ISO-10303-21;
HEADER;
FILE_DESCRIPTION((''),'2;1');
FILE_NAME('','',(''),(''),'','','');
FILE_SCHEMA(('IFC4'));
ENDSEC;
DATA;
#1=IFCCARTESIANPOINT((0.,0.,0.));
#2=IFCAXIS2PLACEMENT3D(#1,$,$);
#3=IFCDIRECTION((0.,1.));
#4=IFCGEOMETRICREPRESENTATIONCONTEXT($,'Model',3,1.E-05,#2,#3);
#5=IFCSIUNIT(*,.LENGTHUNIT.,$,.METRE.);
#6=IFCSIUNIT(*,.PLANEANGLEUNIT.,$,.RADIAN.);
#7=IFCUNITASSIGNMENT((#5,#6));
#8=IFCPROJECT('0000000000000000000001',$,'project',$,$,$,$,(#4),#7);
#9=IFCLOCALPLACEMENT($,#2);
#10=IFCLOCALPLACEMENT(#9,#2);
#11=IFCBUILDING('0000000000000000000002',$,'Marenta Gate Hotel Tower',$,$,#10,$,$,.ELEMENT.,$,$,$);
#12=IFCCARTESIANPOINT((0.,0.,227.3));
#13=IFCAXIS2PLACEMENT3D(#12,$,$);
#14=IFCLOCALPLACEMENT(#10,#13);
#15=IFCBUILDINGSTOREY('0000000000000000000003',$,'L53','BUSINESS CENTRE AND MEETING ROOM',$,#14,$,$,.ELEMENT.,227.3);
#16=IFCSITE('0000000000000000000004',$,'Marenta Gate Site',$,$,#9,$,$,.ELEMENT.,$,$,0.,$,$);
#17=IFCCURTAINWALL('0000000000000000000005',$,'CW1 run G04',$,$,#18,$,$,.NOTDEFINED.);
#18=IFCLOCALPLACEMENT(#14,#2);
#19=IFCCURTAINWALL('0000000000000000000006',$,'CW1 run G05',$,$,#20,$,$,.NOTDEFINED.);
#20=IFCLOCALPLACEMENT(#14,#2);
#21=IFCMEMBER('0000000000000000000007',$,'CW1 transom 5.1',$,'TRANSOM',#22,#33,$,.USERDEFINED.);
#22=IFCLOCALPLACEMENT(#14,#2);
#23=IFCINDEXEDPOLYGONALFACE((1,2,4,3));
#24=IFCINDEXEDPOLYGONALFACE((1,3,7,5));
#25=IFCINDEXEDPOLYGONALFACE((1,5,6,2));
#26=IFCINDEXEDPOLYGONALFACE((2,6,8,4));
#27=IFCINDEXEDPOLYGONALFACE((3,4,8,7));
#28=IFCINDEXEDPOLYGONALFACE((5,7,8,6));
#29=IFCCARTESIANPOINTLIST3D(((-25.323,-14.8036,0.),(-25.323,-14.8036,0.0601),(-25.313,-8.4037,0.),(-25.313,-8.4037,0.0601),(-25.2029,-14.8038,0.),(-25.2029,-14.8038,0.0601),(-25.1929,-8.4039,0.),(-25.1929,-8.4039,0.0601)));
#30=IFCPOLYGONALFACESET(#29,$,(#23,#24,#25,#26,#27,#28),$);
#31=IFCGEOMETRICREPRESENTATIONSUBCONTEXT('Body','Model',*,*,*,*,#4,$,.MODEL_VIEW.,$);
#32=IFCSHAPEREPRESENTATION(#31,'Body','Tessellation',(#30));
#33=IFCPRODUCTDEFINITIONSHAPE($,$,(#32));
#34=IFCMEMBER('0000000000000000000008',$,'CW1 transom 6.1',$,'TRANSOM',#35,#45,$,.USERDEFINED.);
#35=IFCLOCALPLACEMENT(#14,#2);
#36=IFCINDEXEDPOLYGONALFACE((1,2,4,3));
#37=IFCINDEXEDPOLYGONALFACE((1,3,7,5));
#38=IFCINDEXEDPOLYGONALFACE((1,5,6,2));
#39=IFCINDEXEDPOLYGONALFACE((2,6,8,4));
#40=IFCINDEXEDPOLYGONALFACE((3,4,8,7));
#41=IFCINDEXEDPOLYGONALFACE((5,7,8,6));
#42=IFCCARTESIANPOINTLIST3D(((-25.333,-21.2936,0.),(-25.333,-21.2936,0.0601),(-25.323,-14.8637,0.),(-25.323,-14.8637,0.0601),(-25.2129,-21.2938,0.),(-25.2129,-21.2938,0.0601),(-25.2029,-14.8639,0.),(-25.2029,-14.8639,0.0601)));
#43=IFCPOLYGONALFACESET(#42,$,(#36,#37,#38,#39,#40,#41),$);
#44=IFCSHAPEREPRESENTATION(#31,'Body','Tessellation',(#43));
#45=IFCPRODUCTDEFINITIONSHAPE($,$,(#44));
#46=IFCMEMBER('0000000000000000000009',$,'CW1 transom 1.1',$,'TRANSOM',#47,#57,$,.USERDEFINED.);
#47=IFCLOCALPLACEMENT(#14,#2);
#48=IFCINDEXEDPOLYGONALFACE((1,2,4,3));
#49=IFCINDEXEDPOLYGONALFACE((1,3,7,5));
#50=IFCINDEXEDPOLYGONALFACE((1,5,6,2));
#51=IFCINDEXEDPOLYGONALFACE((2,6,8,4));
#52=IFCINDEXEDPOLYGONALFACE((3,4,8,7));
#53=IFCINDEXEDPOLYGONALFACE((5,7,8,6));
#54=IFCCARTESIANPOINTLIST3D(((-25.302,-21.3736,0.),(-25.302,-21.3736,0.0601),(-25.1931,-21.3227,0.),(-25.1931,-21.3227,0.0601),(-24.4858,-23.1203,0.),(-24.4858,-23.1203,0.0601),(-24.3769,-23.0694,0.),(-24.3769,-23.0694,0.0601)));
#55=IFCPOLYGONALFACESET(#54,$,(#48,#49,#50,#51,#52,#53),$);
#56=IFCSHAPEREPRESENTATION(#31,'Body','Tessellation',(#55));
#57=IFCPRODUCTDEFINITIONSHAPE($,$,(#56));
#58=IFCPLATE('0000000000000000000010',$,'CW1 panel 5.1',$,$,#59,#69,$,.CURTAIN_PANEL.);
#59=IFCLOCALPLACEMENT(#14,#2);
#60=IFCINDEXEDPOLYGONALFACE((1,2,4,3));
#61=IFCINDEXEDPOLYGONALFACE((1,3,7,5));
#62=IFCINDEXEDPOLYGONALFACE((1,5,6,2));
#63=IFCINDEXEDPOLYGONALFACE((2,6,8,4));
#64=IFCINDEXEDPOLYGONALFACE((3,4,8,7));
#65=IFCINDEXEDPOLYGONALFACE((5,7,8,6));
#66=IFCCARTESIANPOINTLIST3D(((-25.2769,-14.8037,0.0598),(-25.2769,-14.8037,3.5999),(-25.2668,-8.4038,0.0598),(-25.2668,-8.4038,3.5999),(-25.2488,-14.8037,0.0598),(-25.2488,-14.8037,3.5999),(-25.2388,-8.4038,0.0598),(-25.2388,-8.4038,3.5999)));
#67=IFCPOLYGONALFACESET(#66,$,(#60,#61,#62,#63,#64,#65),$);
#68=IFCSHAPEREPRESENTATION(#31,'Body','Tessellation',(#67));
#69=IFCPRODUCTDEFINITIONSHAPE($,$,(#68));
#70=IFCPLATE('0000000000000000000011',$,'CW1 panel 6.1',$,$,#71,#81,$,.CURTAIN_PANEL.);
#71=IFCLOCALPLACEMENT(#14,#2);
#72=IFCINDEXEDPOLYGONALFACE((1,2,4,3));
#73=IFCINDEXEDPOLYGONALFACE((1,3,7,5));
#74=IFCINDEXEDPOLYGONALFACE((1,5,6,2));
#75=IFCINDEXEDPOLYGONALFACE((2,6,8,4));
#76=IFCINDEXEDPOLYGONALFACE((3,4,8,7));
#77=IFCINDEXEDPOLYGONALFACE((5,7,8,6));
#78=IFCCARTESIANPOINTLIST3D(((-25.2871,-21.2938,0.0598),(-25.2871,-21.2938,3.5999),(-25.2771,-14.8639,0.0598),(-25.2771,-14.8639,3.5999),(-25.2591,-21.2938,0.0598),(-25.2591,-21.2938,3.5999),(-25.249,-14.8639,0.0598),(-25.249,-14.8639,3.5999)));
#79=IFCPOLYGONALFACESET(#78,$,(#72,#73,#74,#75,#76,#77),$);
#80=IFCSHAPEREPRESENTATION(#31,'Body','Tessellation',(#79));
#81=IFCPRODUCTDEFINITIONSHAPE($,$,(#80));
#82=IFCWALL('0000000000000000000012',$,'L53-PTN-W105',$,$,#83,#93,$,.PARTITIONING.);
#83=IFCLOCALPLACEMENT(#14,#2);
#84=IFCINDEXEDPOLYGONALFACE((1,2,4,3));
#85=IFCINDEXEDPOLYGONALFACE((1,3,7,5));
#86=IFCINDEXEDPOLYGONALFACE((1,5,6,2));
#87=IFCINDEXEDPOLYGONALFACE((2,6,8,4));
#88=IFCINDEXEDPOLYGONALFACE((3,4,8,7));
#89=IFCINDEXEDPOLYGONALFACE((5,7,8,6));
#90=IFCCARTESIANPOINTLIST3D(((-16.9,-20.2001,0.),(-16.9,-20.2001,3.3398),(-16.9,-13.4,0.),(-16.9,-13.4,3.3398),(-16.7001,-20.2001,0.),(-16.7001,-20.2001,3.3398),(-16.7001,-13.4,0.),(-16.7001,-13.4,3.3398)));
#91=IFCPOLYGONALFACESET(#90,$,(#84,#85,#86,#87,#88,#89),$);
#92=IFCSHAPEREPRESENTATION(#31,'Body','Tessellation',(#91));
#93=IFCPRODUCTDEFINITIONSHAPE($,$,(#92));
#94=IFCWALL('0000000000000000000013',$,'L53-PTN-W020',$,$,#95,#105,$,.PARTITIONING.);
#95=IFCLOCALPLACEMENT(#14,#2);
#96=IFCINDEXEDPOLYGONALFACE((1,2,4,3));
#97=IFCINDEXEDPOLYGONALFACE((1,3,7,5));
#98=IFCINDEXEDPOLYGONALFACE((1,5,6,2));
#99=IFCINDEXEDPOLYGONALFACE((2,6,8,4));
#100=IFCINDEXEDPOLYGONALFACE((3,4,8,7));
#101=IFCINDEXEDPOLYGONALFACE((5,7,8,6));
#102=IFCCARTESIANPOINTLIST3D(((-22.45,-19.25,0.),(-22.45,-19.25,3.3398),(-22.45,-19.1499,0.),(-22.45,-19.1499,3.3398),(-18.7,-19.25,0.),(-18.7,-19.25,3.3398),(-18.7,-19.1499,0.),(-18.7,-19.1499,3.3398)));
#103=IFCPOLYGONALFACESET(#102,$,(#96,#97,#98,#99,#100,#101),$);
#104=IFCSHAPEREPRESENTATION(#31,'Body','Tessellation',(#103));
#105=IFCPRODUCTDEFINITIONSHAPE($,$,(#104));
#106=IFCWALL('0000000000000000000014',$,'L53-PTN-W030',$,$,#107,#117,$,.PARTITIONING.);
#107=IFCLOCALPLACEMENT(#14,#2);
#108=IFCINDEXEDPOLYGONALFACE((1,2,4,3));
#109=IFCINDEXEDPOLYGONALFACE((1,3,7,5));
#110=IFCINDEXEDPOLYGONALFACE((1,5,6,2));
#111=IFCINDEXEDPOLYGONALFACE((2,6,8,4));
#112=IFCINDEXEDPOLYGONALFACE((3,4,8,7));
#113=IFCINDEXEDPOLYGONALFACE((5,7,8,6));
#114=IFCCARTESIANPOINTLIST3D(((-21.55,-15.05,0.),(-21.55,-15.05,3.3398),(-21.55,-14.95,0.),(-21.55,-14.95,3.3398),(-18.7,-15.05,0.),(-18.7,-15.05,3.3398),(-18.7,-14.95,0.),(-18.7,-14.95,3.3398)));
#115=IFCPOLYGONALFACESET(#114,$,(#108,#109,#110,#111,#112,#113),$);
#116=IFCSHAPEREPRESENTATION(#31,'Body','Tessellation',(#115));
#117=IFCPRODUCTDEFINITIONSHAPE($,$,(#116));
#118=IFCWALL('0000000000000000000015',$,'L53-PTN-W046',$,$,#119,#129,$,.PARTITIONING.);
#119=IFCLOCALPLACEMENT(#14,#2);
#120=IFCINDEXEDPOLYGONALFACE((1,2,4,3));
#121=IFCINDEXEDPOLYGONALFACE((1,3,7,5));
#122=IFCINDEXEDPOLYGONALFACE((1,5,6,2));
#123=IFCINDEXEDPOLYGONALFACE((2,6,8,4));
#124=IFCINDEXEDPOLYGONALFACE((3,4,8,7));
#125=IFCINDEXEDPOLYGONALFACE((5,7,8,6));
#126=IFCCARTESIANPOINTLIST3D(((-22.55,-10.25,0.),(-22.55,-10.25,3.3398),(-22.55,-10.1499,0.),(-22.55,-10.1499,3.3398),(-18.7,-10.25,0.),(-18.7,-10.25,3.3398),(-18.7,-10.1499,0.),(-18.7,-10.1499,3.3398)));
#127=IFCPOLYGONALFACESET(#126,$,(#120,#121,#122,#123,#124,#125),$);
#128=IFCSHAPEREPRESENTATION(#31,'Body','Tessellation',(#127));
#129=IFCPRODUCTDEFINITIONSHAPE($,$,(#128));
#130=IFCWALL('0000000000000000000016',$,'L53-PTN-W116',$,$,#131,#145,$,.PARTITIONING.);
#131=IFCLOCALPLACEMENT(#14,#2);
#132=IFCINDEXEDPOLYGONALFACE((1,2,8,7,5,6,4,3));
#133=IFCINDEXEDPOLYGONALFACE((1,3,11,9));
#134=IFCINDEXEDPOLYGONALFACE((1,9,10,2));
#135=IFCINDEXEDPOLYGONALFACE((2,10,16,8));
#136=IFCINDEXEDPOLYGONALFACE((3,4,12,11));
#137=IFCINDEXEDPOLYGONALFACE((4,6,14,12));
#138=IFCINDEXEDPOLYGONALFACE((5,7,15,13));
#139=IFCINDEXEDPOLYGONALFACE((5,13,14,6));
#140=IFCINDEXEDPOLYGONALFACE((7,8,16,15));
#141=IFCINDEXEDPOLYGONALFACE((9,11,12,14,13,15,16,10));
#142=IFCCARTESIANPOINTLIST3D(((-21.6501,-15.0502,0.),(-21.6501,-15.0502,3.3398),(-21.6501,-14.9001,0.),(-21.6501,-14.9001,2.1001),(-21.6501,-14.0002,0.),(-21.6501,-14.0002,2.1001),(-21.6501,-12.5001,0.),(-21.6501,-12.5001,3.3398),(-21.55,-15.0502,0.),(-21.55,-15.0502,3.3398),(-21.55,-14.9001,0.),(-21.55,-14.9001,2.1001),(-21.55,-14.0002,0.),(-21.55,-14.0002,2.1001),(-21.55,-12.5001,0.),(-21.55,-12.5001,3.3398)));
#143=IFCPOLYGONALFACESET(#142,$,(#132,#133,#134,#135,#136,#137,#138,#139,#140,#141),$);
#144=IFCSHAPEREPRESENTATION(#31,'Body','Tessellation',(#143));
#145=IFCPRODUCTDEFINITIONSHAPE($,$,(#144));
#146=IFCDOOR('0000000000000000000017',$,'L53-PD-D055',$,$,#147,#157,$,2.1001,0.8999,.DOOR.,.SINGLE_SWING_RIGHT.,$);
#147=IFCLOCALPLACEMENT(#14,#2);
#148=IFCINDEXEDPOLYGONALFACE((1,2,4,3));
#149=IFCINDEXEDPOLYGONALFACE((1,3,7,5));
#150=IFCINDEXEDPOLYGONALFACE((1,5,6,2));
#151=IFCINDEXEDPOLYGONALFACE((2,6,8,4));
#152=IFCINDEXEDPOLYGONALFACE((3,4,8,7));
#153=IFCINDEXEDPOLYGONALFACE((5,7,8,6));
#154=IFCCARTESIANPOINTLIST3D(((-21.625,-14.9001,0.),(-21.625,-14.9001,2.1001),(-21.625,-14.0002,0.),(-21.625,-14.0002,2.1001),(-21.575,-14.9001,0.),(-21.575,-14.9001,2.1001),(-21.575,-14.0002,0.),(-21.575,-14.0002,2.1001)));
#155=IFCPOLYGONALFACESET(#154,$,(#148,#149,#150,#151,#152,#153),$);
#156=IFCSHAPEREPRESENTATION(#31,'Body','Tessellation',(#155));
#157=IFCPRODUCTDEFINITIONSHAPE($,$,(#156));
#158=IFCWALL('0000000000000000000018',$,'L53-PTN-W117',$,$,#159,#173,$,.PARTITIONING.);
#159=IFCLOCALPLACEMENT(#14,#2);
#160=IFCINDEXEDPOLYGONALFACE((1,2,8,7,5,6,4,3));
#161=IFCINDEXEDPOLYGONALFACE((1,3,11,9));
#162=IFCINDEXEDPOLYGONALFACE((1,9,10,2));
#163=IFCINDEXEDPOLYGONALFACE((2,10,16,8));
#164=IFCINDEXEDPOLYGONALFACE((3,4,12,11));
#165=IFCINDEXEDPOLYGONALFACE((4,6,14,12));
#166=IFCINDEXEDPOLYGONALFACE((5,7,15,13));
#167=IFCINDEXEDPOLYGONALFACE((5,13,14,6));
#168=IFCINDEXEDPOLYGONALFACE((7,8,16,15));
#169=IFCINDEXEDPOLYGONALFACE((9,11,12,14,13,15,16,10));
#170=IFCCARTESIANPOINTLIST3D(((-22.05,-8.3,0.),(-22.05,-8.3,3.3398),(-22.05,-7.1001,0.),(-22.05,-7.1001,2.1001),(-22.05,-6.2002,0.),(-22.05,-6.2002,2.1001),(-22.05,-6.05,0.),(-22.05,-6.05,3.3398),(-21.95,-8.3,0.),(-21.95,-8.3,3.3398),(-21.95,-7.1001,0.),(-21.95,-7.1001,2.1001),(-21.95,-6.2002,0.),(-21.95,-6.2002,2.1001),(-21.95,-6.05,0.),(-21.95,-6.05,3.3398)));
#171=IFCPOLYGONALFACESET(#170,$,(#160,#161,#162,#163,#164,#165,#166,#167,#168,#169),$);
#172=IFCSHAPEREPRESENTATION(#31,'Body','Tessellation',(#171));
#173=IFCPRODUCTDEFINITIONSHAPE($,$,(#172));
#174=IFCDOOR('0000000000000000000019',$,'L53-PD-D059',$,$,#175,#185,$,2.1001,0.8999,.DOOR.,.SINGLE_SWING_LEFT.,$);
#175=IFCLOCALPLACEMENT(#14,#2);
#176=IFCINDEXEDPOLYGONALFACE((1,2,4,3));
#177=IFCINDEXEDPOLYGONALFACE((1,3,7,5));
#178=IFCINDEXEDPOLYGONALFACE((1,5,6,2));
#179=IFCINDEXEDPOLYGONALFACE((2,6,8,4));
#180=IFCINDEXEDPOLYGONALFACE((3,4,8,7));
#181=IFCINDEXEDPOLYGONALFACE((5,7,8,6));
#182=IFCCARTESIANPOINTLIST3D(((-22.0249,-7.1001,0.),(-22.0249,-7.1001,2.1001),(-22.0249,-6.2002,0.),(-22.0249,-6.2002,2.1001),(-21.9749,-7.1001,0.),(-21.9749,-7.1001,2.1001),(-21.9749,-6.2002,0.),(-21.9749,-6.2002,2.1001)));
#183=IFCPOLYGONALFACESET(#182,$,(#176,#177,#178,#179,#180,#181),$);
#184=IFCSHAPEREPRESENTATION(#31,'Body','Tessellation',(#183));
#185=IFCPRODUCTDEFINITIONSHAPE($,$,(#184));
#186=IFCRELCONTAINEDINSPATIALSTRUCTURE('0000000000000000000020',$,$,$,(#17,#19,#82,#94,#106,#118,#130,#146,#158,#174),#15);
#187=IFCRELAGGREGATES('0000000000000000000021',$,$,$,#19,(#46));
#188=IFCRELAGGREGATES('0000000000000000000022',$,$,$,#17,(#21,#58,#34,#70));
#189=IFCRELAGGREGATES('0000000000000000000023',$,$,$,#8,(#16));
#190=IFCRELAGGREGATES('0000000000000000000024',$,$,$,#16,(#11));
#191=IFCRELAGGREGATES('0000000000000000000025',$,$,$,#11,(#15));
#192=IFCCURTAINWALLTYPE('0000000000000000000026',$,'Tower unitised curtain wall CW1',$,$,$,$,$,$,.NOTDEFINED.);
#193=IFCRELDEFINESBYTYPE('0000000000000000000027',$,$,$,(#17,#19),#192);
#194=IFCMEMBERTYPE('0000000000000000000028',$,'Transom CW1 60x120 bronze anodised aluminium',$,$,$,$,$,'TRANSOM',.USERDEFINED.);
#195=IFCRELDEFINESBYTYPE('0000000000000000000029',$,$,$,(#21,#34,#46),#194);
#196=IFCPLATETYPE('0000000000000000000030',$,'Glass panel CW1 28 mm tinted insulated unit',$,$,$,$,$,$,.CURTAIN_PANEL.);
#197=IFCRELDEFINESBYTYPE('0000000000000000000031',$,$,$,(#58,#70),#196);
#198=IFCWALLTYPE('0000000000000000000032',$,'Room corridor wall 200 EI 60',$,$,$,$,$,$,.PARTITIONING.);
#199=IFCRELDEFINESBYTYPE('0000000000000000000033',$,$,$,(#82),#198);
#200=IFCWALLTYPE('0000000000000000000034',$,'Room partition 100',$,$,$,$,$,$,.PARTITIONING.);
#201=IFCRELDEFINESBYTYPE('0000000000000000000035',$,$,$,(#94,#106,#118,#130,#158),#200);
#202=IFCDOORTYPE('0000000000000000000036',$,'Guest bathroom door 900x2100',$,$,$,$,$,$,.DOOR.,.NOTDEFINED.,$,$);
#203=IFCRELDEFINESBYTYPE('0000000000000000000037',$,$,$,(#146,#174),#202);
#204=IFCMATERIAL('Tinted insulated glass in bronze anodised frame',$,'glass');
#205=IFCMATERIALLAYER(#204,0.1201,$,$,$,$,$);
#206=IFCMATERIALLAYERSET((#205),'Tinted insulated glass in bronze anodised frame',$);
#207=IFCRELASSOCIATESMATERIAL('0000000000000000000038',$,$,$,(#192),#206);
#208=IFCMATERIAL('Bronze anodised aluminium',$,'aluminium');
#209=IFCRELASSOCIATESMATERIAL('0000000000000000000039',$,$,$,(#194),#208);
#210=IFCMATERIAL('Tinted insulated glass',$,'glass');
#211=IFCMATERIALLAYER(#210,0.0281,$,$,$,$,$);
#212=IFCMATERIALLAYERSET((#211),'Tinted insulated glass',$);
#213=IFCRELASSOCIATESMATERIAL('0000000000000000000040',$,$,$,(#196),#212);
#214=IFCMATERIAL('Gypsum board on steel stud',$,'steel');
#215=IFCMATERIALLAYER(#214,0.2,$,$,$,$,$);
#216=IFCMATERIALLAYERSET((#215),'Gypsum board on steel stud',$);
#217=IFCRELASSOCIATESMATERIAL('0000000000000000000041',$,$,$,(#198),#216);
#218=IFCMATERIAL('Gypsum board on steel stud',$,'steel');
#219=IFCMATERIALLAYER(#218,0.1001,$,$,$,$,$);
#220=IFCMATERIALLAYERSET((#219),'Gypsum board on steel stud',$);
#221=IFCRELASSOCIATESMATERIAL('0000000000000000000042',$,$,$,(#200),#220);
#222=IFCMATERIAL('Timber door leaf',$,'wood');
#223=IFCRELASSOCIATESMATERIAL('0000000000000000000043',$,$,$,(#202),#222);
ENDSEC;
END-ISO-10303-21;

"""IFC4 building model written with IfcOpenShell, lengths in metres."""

from ifc_helpers import new_model, si_unit, direction, frame, frame_2d, origin, origin_2d, place, context, subcontext, project, spatial, rectangle, extrude, material, layer, layer_set, material_profile, profile_set, type_object, element, fill, aggregate, save


model = new_model("IFC4")

# Units and contexts
model_context = context("Model", 3, precision=1e-05, world=origin(), true_north=direction((0.0, 1.0)))
body_context = subcontext(model_context, "Body", "Model", "MODEL_VIEW")
ifc_project = project(units=[si_unit("LENGTHUNIT", "METRE"), si_unit("PLANEANGLEUNIT", "RADIAN")], contexts=[model_context])

# Site, building, storey
site_placement = place(None, origin())
site = spatial("IfcSite", under=ifc_project, at=site_placement, Name="Marenta Gate Site", CompositionType="ELEMENT", RefElevation=0.0)
building_placement = place(site_placement, origin())
building = spatial("IfcBuilding", under=site, at=building_placement, Name="Marenta Gate Hotel Tower", CompositionType="ELEMENT")
storey_placement = place(building_placement, frame((0.0, 0.0, 227.3)))
storey = spatial("IfcBuildingStorey", under=building, at=storey_placement, Name="L53", Description="BUSINESS CENTRE AND MEETING ROOM", CompositionType="ELEMENT", Elevation=227.3)

# Curtain wall
ifc_material_1 = material(Name="Tinted insulated glass in bronze anodised frame", Category="glass")
ifc_layer_1 = layer(ifc_material_1, 0.1201)
ifc_layer_set_1 = layer_set([ifc_layer_1], Name="Tinted insulated glass in bronze anodised frame")
curtain_wall_type = type_object("IfcCurtainWallType", Name="Tower unitised curtain wall CW1", PredefinedType="NOTDEFINED", material=ifc_layer_set_1)
curtain_wall_1_placement = place(storey_placement, origin())
curtain_wall_1 = element("IfcCurtainWall", 1, at=curtain_wall_1_placement, inside=storey, type_object=curtain_wall_type, Name="CW1 run G04", PredefinedType="NOTDEFINED")

# Curtain wall
curtain_wall_2_placement = place(storey_placement, origin())
curtain_wall_2 = element("IfcCurtainWall", 2, at=curtain_wall_2_placement, inside=storey, type_object=curtain_wall_type, Name="CW1 run G05", PredefinedType="NOTDEFINED")

# Members
ifc_material_2 = material(Name="Bronze anodised aluminium", Category="aluminium")
ifc_material_profile_1 = material_profile(ifc_material_2, rectangle(XDim=0.1201, YDim=0.0601, at=origin_2d()), Name="Transom CW1 60x120 bronze anodised aluminium")
ifc_profile_set_1 = profile_set([ifc_material_profile_1], Name="Bronze anodised aluminium")
member_type_1 = type_object("IfcMemberType", Name="Transom CW1 60x120 bronze anodised aluminium", ElementType="TRANSOM", PredefinedType="USERDEFINED", material=ifc_profile_set_1)
member_1_placement = place(storey_placement, frame((-25.2529, -8.4038, 0.03), z_axis=(-0.001564, -0.999999, 0.0), x_axis=(0.999999, -0.001564, 0.0)))
member_1 = element("IfcMember", 3, at=member_1_placement, type_object=member_type_1, Name="CW1 transom 5.1", ObjectType="TRANSOM", PredefinedType="USERDEFINED", context=body_context, shape_type="SweptSolid", body=[
    extrude(rectangle(XDim=0.1201, YDim=0.0601, at=origin_2d()), origin(), (0.0, 0.0, 1.0), 6.3999),
])
member_2_placement = place(storey_placement, frame((-25.2629, -14.8638, 0.03), z_axis=(-0.001557, -0.999999, 0.0), x_axis=(0.999999, -0.001557, 0.0)))
member_2 = element("IfcMember", 4, at=member_2_placement, type_object=member_type_1, Name="CW1 transom 6.1", ObjectType="TRANSOM", PredefinedType="USERDEFINED", context=body_context, shape_type="SweptSolid", body=[
    extrude(rectangle(XDim=0.1201, YDim=0.0601, at=origin_2d()), origin(), (0.0, 0.0, 1.0), 6.4299),
])
member_3_placement = place(storey_placement, frame((-25.2476, -21.3481, 0.03), z_axis=(0.42335, -0.905966, 0.0), x_axis=(0.905966, 0.42335, 0.0)))
member_3 = element("IfcMember", 5, at=member_3_placement, type_object=member_type_1, Name="CW1 transom 1.1", ObjectType="TRANSOM", PredefinedType="USERDEFINED", context=body_context, shape_type="SweptSolid", body=[
    extrude(rectangle(XDim=0.1201, YDim=0.0601, at=origin_2d()), origin(), (0.0, 0.0, 1.0), 1.928),
])
aggregate(curtain_wall_2, [member_3])

# Plates
ifc_material_3 = material(Name="Tinted insulated glass", Category="glass")
ifc_layer_2 = layer(ifc_material_3, 0.0281)
ifc_layer_set_2 = layer_set([ifc_layer_2], Name="Tinted insulated glass")
plate_type = type_object("IfcPlateType", Name="Glass panel CW1 28 mm tinted insulated unit", PredefinedType="CURTAIN_PANEL", material=ifc_layer_set_2)
plate_1_placement = place(storey_placement, frame((-25.2578, -11.6038, 0.0598), z_axis=(0.0, 0.0, 1.0), x_axis=(-0.001566, -0.999999, 0.0)))
plate_1 = element("IfcPlate", 6, at=plate_1_placement, type_object=plate_type, Name="CW1 panel 5.1", PredefinedType="CURTAIN_PANEL", context=body_context, shape_type="SweptSolid", body=[
    extrude(rectangle(XDim=6.3999, YDim=0.0281, at=origin_2d()), origin(), (0.0, 0.0, 1.0), 3.54),
])
plate_2_placement = place(storey_placement, frame((-25.2681, -18.0789, 0.0598), z_axis=(0.0, 0.0, 1.0), x_axis=(-0.001566, -0.999999, 0.0)))
plate_2 = element("IfcPlate", 7, at=plate_2_placement, type_object=plate_type, Name="CW1 panel 6.1", PredefinedType="CURTAIN_PANEL", context=body_context, shape_type="SweptSolid", body=[
    extrude(rectangle(XDim=6.4299, YDim=0.0281, at=origin_2d()), origin(), (0.0, 0.0, 1.0), 3.54),
])
aggregate(curtain_wall_1, [member_1, plate_1, member_2, plate_2])

# Walls
ifc_material_4 = material(Name="Gypsum board on steel stud", Category="steel")
ifc_layer_3 = layer(ifc_material_4, 0.2)
ifc_layer_set_3 = layer_set([ifc_layer_3], Name="Gypsum board on steel stud")
wall_type_1 = type_object("IfcWallType", Name="Room corridor wall 200 EI 60", PredefinedType="PARTITIONING", material=ifc_layer_set_3)
wall_1_placement = place(storey_placement, frame((-16.8, -20.2, 0.0), z_axis=(0.0, 0.0, 1.0), x_axis=(0.0, 1.0, 0.0)))
element("IfcWall", 8, at=wall_1_placement, inside=storey, type_object=wall_type_1, Name="L53-PTN-W105", PredefinedType="PARTITIONING", context=body_context, shape_type="SweptSolid", body=[
    extrude(rectangle(XDim=6.8, YDim=0.2, at=frame_2d((3.3999, 0.0))), origin(), (0.0, 0.0, 1.0), 3.3398),
])
ifc_material_5 = material(Name="Gypsum board on steel stud", Category="steel")
ifc_layer_4 = layer(ifc_material_5, 0.1001)
ifc_layer_set_4 = layer_set([ifc_layer_4], Name="Gypsum board on steel stud")
wall_type_2 = type_object("IfcWallType", Name="Room partition 100", PredefinedType="PARTITIONING", material=ifc_layer_set_4)
wall_2_placement = place(storey_placement, frame((-22.45, -19.2, 0.0), z_axis=(0.0, 0.0, 1.0), x_axis=(1.0, 0.0, 0.0)))
element("IfcWall", 9, at=wall_2_placement, inside=storey, type_object=wall_type_2, Name="L53-PTN-W020", PredefinedType="PARTITIONING", context=body_context, shape_type="SweptSolid", body=[
    extrude(rectangle(XDim=3.75, YDim=0.1001, at=frame_2d((1.875, 0.0))), origin(), (0.0, 0.0, 1.0), 3.3398),
])
wall_3_placement = place(storey_placement, frame((-21.55, -15.0, 0.0), z_axis=(0.0, 0.0, 1.0), x_axis=(1.0, 0.0, 0.0)))
element("IfcWall", 10, at=wall_3_placement, inside=storey, type_object=wall_type_2, Name="L53-PTN-W030", PredefinedType="PARTITIONING", context=body_context, shape_type="SweptSolid", body=[
    extrude(rectangle(XDim=2.8501, YDim=0.1001, at=frame_2d((1.425, 0.0))), origin(), (0.0, 0.0, 1.0), 3.3398),
])
wall_4_placement = place(storey_placement, frame((-22.55, -10.2, 0.0), z_axis=(0.0, 0.0, 1.0), x_axis=(1.0, 0.0, 0.0)))
element("IfcWall", 11, at=wall_4_placement, inside=storey, type_object=wall_type_2, Name="L53-PTN-W046", PredefinedType="PARTITIONING", context=body_context, shape_type="SweptSolid", body=[
    extrude(rectangle(XDim=3.8501, YDim=0.1001, at=frame_2d((1.925, 0.0))), origin(), (0.0, 0.0, 1.0), 3.3398),
])

# Walls, openings, doors
wall_5_placement = place(storey_placement, frame((-21.6001, -15.05, 0.0), z_axis=(0.0, 0.0, 1.0), x_axis=(0.0, 1.0, 0.0)))
wall_5 = element("IfcWall", 12, at=wall_5_placement, inside=storey, type_object=wall_type_2, Name="L53-PTN-W116", PredefinedType="PARTITIONING", context=body_context, shape_type="SweptSolid", body=[
    extrude(rectangle(XDim=2.55, YDim=0.1001, at=frame_2d((1.2749, 0.0))), origin(), (0.0, 0.0, 1.0), 3.3398),
])
opening_1_placement = place(wall_5_placement, frame((0.1499, 0.0, 0.0)))
opening_1 = element("IfcOpeningElement", 13, at=opening_1_placement, cuts=wall_5, PredefinedType="OPENING", context=body_context, shape_type="SweptSolid", body=[
    extrude(rectangle(XDim=0.8999, YDim=2.1001, at=frame_2d((0.45, 1.05))), frame((0.0, 0.05, 0.0), z_axis=(0.0, -1.0, 0.0), x_axis=(1.0, 0.0, 0.0)), (0.0, 0.0, 1.0), 0.1001),
])
ifc_material_6 = material(Name="Timber door leaf", Category="wood")
door_type = type_object("IfcDoorType", Name="Guest bathroom door 900x2100", OperationType="NOTDEFINED", PredefinedType="DOOR", material=ifc_material_6)
door_1_placement = place(opening_1_placement, origin())
door_1 = element("IfcDoor", 14, at=door_1_placement, inside=storey, type_object=door_type, Name="L53-PD-D055", OperationType="SINGLE_SWING_RIGHT", OverallHeight=2.1001, OverallWidth=0.8999, PredefinedType="DOOR", context=body_context, shape_type="SweptSolid", body=[
    extrude(rectangle(XDim=0.8999, YDim=2.1001, at=frame_2d((0.45, 1.05))), frame((0.0, 0.0249, 0.0), z_axis=(0.0, -1.0, 0.0), x_axis=(1.0, 0.0, 0.0)), (0.0, 0.0, 1.0), 0.05),
])
fill(opening_1, door_1)
wall_6_placement = place(storey_placement, frame((-22.0, -8.3, 0.0), z_axis=(0.0, 0.0, 1.0), x_axis=(0.0, 1.0, 0.0)))
wall_6 = element("IfcWall", 15, at=wall_6_placement, inside=storey, type_object=wall_type_2, Name="L53-PTN-W117", PredefinedType="PARTITIONING", context=body_context, shape_type="SweptSolid", body=[
    extrude(rectangle(XDim=2.25, YDim=0.1001, at=frame_2d((1.125, 0.0))), origin(), (0.0, 0.0, 1.0), 3.3398),
])
opening_2_placement = place(wall_6_placement, frame((1.2, 0.0, 0.0)))
opening_2 = element("IfcOpeningElement", 16, at=opening_2_placement, cuts=wall_6, PredefinedType="OPENING", context=body_context, shape_type="SweptSolid", body=[
    extrude(rectangle(XDim=0.8999, YDim=2.1001, at=frame_2d((0.45, 1.05))), frame((0.0, 0.05, 0.0), z_axis=(0.0, -1.0, 0.0), x_axis=(1.0, 0.0, 0.0)), (0.0, 0.0, 1.0), 0.1001),
])
door_2_placement = place(opening_2_placement, origin())
door_2 = element("IfcDoor", 17, at=door_2_placement, inside=storey, type_object=door_type, Name="L53-PD-D059", OperationType="SINGLE_SWING_LEFT", OverallHeight=2.1001, OverallWidth=0.8999, PredefinedType="DOOR", context=body_context, shape_type="SweptSolid", body=[
    extrude(rectangle(XDim=0.8999, YDim=2.1001, at=frame_2d((0.45, 1.05))), frame((0.0, 0.0249, 0.0), z_axis=(0.0, -1.0, 0.0), x_axis=(1.0, 0.0, 0.0)), (0.0, 0.0, 1.0), 0.05),
])
fill(opening_2, door_2)

save(model, "model.ifc")
